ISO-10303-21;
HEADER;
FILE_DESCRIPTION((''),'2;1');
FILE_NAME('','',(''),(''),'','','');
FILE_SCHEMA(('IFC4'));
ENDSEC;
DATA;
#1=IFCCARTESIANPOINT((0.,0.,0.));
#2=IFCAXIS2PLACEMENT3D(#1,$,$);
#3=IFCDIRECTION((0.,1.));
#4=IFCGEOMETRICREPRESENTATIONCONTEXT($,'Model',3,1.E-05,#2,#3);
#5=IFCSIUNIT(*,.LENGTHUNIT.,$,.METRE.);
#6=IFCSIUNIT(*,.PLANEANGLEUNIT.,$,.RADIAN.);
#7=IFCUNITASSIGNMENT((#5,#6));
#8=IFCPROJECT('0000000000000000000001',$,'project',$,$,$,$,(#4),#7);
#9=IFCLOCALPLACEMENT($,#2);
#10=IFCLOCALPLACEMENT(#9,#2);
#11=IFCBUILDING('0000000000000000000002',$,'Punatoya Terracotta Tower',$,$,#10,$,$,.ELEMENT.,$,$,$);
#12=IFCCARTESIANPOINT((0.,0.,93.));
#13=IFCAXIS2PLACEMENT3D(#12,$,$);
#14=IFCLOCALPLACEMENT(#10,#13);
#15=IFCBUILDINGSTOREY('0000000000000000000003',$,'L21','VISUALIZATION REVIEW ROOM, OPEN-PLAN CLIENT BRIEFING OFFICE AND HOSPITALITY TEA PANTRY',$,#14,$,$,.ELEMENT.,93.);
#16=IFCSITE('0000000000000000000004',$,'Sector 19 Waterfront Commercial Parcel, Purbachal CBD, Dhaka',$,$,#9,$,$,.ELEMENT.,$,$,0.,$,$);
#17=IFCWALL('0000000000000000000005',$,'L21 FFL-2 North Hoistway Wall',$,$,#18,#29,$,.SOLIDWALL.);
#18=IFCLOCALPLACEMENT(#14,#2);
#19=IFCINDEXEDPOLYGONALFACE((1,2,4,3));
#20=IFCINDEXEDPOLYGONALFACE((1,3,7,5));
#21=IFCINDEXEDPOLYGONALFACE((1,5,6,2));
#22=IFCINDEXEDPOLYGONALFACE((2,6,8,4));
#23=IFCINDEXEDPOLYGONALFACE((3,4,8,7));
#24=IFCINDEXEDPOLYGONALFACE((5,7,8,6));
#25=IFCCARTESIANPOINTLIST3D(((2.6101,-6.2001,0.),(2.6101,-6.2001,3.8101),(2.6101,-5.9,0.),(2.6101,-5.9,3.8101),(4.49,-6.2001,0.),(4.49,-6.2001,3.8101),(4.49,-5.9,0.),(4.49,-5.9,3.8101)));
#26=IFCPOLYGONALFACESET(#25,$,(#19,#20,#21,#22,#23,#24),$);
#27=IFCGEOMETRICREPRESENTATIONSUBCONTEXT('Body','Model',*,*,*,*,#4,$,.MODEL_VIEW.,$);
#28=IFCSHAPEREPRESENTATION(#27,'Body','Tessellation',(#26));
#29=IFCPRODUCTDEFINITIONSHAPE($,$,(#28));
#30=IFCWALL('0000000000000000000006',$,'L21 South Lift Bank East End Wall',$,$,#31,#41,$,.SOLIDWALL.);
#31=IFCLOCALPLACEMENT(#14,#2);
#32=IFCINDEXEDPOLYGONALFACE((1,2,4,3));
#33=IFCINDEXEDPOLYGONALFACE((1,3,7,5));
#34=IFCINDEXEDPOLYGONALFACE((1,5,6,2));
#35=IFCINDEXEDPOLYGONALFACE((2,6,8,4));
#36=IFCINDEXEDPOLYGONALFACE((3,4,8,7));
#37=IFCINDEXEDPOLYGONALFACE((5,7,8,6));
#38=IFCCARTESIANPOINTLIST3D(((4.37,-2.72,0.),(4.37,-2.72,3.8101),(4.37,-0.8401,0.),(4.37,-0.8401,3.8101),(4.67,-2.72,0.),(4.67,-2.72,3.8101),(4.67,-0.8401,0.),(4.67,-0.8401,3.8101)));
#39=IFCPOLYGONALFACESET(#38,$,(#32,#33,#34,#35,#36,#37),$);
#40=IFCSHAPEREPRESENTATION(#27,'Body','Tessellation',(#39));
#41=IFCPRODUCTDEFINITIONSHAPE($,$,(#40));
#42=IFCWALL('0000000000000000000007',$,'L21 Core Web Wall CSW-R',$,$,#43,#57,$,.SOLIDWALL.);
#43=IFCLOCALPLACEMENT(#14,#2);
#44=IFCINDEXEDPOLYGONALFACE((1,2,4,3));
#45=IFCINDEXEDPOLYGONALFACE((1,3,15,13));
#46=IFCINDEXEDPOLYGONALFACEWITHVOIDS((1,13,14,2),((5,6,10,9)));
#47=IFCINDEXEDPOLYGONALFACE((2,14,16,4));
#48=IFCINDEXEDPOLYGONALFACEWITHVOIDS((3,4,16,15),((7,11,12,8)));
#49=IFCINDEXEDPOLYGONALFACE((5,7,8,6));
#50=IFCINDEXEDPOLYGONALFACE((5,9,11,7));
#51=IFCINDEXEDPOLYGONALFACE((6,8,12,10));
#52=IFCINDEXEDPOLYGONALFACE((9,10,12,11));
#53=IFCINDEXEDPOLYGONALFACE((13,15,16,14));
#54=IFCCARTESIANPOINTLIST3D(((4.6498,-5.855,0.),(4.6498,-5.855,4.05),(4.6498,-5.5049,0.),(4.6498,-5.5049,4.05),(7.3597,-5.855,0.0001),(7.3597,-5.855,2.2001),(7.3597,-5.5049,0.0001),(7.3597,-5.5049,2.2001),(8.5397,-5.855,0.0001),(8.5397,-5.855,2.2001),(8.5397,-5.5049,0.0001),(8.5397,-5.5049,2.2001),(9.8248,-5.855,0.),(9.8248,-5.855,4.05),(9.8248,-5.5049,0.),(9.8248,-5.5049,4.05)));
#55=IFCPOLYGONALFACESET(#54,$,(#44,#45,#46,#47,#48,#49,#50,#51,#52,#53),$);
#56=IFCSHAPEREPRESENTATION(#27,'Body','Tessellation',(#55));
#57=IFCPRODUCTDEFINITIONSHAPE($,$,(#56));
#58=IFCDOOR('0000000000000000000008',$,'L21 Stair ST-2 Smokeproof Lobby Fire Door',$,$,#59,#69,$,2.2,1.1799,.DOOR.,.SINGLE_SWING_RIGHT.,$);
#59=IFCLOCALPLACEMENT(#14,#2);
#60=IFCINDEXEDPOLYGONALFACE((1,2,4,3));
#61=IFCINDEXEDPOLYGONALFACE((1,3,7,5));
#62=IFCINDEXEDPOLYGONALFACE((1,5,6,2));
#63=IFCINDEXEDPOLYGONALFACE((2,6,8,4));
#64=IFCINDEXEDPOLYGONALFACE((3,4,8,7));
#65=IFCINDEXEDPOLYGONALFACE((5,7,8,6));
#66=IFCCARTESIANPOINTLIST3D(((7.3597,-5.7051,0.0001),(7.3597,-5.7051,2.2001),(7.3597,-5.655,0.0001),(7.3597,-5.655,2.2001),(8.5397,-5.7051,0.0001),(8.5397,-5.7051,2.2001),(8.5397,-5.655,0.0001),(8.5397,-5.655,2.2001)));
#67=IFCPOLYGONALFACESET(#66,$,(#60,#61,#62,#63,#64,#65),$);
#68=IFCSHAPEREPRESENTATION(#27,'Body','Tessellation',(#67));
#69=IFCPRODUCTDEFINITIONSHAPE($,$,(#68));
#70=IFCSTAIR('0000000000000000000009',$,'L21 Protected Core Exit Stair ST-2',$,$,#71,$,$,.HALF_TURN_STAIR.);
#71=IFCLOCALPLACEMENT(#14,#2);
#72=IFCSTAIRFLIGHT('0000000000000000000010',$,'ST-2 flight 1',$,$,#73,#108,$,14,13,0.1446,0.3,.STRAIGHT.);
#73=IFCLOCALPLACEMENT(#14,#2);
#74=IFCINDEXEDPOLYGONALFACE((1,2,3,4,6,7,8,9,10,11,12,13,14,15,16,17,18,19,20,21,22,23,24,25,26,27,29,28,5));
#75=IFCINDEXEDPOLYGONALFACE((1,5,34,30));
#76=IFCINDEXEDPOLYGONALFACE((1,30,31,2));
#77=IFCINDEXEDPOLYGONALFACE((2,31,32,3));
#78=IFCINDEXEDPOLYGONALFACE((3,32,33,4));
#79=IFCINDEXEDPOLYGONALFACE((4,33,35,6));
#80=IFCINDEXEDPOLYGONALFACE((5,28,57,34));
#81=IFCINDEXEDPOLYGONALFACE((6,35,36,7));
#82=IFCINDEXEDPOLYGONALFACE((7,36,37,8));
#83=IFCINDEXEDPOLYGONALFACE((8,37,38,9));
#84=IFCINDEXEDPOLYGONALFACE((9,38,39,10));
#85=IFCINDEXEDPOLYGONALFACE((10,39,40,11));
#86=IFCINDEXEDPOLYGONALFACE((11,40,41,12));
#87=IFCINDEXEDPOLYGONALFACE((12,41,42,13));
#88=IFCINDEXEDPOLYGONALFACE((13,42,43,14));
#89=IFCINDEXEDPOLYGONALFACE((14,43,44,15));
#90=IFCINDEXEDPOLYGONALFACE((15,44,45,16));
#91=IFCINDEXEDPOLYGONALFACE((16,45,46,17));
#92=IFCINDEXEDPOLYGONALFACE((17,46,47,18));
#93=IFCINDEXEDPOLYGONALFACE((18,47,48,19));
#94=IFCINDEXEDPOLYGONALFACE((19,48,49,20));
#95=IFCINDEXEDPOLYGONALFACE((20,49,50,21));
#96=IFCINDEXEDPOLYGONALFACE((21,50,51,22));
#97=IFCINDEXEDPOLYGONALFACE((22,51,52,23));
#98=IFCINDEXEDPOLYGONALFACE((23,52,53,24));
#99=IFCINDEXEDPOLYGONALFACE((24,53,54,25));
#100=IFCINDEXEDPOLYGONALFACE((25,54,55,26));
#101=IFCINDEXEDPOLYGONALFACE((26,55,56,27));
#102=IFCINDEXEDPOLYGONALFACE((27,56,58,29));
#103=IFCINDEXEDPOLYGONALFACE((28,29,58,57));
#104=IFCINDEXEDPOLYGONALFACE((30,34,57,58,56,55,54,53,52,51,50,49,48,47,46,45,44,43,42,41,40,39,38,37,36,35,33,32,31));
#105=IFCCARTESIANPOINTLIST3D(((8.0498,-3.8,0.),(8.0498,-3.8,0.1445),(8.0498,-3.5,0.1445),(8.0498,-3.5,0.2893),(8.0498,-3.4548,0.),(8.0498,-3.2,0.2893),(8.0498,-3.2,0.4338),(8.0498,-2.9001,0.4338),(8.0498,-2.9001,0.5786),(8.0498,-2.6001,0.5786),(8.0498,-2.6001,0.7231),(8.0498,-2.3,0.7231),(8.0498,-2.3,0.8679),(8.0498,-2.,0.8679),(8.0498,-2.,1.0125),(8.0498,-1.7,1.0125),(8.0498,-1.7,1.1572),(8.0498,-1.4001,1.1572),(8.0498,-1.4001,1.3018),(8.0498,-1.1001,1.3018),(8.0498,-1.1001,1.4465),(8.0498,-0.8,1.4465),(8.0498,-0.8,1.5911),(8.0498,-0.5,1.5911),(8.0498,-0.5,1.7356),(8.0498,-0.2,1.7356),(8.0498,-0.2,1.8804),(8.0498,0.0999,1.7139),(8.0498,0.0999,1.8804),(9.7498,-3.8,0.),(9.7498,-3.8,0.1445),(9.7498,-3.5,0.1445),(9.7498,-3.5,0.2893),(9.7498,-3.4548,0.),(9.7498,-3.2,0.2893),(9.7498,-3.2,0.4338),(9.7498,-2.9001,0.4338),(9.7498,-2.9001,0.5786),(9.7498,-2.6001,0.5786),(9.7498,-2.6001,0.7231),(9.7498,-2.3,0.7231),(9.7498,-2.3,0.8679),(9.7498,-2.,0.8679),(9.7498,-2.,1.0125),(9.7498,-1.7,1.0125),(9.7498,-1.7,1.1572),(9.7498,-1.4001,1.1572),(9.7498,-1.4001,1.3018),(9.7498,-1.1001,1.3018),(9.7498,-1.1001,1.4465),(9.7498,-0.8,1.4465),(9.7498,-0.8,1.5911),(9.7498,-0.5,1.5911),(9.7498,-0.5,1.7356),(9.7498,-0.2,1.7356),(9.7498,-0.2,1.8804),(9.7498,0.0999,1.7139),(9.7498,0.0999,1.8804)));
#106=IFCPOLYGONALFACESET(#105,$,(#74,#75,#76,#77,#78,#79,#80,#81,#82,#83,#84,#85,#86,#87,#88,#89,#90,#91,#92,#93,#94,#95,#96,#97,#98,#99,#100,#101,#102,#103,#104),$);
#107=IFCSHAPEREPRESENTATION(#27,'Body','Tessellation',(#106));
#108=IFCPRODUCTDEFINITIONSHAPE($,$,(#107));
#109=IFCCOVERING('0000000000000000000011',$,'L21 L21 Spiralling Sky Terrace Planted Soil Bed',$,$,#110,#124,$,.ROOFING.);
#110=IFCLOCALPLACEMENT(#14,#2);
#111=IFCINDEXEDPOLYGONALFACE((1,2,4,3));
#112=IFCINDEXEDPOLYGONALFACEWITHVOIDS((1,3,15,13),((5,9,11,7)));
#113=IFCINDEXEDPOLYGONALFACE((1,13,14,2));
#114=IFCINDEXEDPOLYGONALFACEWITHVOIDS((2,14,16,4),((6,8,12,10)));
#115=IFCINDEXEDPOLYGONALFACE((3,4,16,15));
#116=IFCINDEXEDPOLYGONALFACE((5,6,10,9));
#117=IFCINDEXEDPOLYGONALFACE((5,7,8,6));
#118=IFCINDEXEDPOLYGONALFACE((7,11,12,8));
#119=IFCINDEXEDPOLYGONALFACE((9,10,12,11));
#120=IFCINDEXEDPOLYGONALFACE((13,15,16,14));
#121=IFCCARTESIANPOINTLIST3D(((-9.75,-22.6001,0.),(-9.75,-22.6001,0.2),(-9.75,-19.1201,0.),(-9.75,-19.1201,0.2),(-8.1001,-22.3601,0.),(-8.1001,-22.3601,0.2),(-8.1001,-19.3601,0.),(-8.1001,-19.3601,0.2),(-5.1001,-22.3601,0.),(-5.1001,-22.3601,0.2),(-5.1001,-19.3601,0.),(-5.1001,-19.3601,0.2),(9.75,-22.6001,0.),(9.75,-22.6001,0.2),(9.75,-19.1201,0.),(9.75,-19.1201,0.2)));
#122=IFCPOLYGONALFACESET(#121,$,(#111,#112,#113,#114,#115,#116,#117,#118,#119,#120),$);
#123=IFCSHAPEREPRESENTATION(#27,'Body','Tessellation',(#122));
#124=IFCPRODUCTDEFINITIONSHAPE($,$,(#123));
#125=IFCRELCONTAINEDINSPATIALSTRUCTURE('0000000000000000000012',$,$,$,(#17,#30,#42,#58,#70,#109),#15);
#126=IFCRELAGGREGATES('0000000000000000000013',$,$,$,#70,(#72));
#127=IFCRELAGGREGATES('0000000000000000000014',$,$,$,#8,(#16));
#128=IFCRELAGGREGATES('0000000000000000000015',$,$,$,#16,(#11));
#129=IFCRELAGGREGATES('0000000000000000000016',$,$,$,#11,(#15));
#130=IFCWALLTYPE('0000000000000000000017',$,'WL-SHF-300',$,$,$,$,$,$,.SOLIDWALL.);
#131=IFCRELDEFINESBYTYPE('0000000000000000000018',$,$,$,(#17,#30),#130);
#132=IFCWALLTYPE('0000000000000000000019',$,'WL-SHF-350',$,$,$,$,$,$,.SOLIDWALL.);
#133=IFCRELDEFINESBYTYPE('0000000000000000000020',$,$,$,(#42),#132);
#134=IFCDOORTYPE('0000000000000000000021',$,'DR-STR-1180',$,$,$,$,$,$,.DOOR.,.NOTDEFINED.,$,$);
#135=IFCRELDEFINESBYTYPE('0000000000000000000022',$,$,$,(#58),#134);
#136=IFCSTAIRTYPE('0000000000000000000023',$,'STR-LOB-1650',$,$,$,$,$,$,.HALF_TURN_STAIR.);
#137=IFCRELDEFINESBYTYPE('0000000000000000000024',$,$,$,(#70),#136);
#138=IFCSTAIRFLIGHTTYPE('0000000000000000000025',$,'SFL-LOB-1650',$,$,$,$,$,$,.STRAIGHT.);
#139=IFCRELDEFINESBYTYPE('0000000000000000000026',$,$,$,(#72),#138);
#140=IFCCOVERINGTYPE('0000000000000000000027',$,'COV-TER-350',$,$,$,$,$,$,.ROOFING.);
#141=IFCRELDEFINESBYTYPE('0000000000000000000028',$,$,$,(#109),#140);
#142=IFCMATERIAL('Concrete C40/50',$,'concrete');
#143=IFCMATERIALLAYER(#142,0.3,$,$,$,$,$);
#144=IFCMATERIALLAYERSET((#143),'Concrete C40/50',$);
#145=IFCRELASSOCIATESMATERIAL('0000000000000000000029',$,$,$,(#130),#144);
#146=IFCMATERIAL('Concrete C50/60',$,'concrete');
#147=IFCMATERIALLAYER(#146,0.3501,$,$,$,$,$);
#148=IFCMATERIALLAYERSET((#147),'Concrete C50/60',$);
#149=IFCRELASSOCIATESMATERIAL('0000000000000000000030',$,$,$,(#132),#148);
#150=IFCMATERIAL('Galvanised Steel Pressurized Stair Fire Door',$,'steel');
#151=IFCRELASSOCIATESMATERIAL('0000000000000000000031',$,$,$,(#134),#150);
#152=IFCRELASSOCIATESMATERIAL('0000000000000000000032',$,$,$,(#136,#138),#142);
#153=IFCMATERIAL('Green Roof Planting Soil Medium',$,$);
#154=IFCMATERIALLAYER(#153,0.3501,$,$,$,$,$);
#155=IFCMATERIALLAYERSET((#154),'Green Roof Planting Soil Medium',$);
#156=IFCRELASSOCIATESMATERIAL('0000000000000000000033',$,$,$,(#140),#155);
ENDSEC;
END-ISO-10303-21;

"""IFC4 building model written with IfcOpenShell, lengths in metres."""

from ifc_helpers import new_model, si_unit, direction, frame, frame_2d, origin, place, context, subcontext, project, spatial, polyline, rectangle, outline, extrude, material, layer, layer_set, type_object, element, fill, aggregate, save


model = new_model("IFC4")

# Units and contexts
model_context = context("Model", 3, precision=1e-05, world=origin(), true_north=direction((0.0, 1.0)))
body_context = subcontext(model_context, "Body", "Model", "MODEL_VIEW")
ifc_project = project(units=[si_unit("LENGTHUNIT", "METRE"), si_unit("PLANEANGLEUNIT", "RADIAN")], contexts=[model_context])

# Site, building, storey
site_placement = place(None, origin())
site = spatial("IfcSite", under=ifc_project, at=site_placement, Name="Sector 19 Waterfront Commercial Parcel, Purbachal CBD, Dhaka", CompositionType="ELEMENT", RefElevation=0.0)
building_placement = place(site_placement, origin())
building = spatial("IfcBuilding", under=site, at=building_placement, Name="Punatoya Terracotta Tower", CompositionType="ELEMENT")
storey_placement = place(building_placement, frame((0.0, 0.0, 93.0)))
storey = spatial("IfcBuildingStorey", under=building, at=storey_placement, Name="L21", Description="VISUALIZATION REVIEW ROOM, OPEN-PLAN CLIENT BRIEFING OFFICE AND HOSPITALITY TEA PANTRY", CompositionType="ELEMENT", Elevation=93.0)

# Shared definitions
ifc_material_1 = material(Name="Concrete C40/50", Category="concrete")

# Shared definitions
ifc_layer_1 = layer(ifc_material_1, 0.3)
ifc_layer_set_1 = layer_set([ifc_layer_1], Name="Concrete C40/50")
wall_type_1 = type_object("IfcWallType", Name="WL-SHF-300", PredefinedType="SOLIDWALL", material=ifc_layer_set_1)

# Walls
for number, where, z_axis, x_axis, name in (
    (1, (2.6101, -6.05, 0.0), (0.0, 0.0, 1.0), (1.0, 0.0, 0.0), "L21 FFL-2 North Hoistway Wall"),
    (2, (4.52, -2.72, 0.0), (0.0, 0.0, 1.0), (0.0, 1.0, 0.0), "L21 South Lift Bank East End Wall"),
):
    element("IfcWall", number, at=place(storey_placement, frame(where, z_axis=z_axis, x_axis=x_axis)), inside=storey, type_object=wall_type_1, Name=name, PredefinedType="SOLIDWALL", context=body_context, shape_type="SweptSolid", body=[
        extrude(rectangle(XDim=1.8799, YDim=0.3, at=frame_2d((0.9399, 0.0))), origin(), (0.0, 0.0, 1.0), 3.8101),
    ])

# Wall, opening, door
ifc_material_2 = material(Name="Concrete C50/60", Category="concrete")
ifc_layer_2 = layer(ifc_material_2, 0.3501)
ifc_layer_set_2 = layer_set([ifc_layer_2], Name="Concrete C50/60")
wall_type_2 = type_object("IfcWallType", Name="WL-SHF-350", PredefinedType="SOLIDWALL", material=ifc_layer_set_2)
wall_1_placement = place(storey_placement, frame((4.6499, -5.6799, 0.0), z_axis=(0.0, 0.0, 1.0), x_axis=(1.0, 0.0, 0.0)))
wall_1 = element("IfcWall", 3, at=wall_1_placement, inside=storey, type_object=wall_type_2, Name="L21 Core Web Wall CSW-R", PredefinedType="SOLIDWALL", context=body_context, shape_type="SweptSolid", body=[
    extrude(rectangle(XDim=5.175, YDim=0.3501, at=frame_2d((2.5874, 0.0))), origin(), (0.0, 0.0, 1.0), 4.05),
])
opening_1_placement = place(wall_1_placement, frame((2.71, 0.0, 0.0)))
opening_1 = element("IfcOpeningElement", 4, at=opening_1_placement, cuts=wall_1, PredefinedType="OPENING", context=body_context, shape_type="SweptSolid", body=[
    extrude(rectangle(XDim=1.1799, YDim=2.2, at=frame_2d((0.5898, 1.1001))), frame((0.0, 0.1851, 0.0), z_axis=(0.0, -1.0, 0.0), x_axis=(1.0, 0.0, 0.0)), (0.0, 0.0, 1.0), 0.3701),
])
ifc_material_3 = material(Name="Galvanised Steel Pressurized Stair Fire Door", Category="steel")
door_type_1 = type_object("IfcDoorType", Name="DR-STR-1180", OperationType="NOTDEFINED", PredefinedType="DOOR", material=ifc_material_3)
door_1_placement = place(opening_1_placement, origin())
door_1 = element("IfcDoor", 5, at=door_1_placement, inside=storey, type_object=door_type_1, Name="L21 Stair ST-2 Smokeproof Lobby Fire Door", OperationType="SINGLE_SWING_RIGHT", OverallHeight=2.2, OverallWidth=1.1799, PredefinedType="DOOR", context=body_context, shape_type="SweptSolid", body=[
    extrude(rectangle(XDim=1.1799, YDim=2.2, at=frame_2d((0.5898, 1.1001))), frame((0.0, 0.0249, 0.0), z_axis=(0.0, -1.0, 0.0), x_axis=(1.0, 0.0, 0.0)), (0.0, 0.0, 1.0), 0.05),
])
fill(opening_1, door_1)

# Stair, stair flight
stair_type_1 = type_object("IfcStairType", Name="STR-LOB-1650", PredefinedType="HALF_TURN_STAIR", material=ifc_material_1)
stair_1_placement = place(storey_placement, origin())
stair_1 = element("IfcStair", 6, at=stair_1_placement, inside=storey, type_object=stair_type_1, Name="L21 Protected Core Exit Stair ST-2", PredefinedType="HALF_TURN_STAIR")
stair_flight_type = type_object("IfcStairFlightType", Name="SFL-LOB-1650", PredefinedType="STRAIGHT", material=ifc_material_1)
stair_flight_placement = place(storey_placement, frame((8.8999, -3.8, 0.0), z_axis=(0.0, 0.0, 1.0), x_axis=(0.0, 1.0, 0.0)))
stair_flight = element("IfcStairFlight", 7, at=stair_flight_placement, type_object=stair_flight_type, Name="ST-2 flight 1", NumberOfRisers=14, NumberOfTreads=13, PredefinedType="STRAIGHT", RiserHeight=0.1446, TreadLength=0.3, context=body_context, shape_type="SweptSolid", body=[
    extrude(outline(polyline([(0.0, 0.0), (0.0, 0.1445), (0.3, 0.1445), (0.3, 0.2893), (0.6001, 0.2893), (0.6001, 0.4338), (0.8999, 0.4338), (0.8999, 0.5786), (1.2, 0.5786), (1.2, 0.7231), (1.5, 0.7231), (1.5, 0.8679), (1.8, 0.8679), (1.8, 1.0125), (2.1001, 1.0125), (2.1001, 1.1572), (2.3999, 1.1572), (2.3999, 1.3018), (2.7, 1.3018), (2.7, 1.4465), (3.0, 1.4465), (3.0, 1.5911), (3.3, 1.5911), (3.3, 1.7356), (3.6001, 1.7356), (3.6001, 1.8804), (3.8999, 1.8804), (3.8999, 2.0249), (3.8999, 1.7139), (0.3452, 0.0), (0.0, 0.0)])), frame((0.0, 0.8501, 0.0), z_axis=(0.0, -1.0, 0.0), x_axis=(1.0, 0.0, 0.0)), (0.0, 0.0, 1.0), 1.7),
])
aggregate(stair_1, [stair_flight])

# Covering
ifc_material_4 = material(Name="Green Roof Planting Soil Medium")
ifc_layer_3 = layer(ifc_material_4, 0.3501)
ifc_layer_set_3 = layer_set([ifc_layer_3], Name="Green Roof Planting Soil Medium")
covering_type = type_object("IfcCoveringType", Name="COV-TER-350", PredefinedType="ROOFING", material=ifc_layer_set_3)
covering_placement = place(storey_placement, origin())
element("IfcCovering", 8, at=covering_placement, inside=storey, type_object=covering_type, Name="L21 L21 Spiralling Sky Terrace Planted Soil Bed", PredefinedType="ROOFING", context=body_context, shape_type="SweptSolid", body=[
    extrude(outline(polyline([(-9.75, -22.6001), (-9.75, -19.1201), (9.75, -19.1201), (9.75, -22.6001), (-9.75, -22.6001)]), holes=[polyline([(-5.1001, -19.3601), (-8.1001, -19.3601), (-8.1001, -22.3601), (-5.1001, -22.3601), (-5.1001, -19.3601)])]), origin(), (0.0, 0.0, 1.0), 0.2),
])

save(model, "model.ifc")
